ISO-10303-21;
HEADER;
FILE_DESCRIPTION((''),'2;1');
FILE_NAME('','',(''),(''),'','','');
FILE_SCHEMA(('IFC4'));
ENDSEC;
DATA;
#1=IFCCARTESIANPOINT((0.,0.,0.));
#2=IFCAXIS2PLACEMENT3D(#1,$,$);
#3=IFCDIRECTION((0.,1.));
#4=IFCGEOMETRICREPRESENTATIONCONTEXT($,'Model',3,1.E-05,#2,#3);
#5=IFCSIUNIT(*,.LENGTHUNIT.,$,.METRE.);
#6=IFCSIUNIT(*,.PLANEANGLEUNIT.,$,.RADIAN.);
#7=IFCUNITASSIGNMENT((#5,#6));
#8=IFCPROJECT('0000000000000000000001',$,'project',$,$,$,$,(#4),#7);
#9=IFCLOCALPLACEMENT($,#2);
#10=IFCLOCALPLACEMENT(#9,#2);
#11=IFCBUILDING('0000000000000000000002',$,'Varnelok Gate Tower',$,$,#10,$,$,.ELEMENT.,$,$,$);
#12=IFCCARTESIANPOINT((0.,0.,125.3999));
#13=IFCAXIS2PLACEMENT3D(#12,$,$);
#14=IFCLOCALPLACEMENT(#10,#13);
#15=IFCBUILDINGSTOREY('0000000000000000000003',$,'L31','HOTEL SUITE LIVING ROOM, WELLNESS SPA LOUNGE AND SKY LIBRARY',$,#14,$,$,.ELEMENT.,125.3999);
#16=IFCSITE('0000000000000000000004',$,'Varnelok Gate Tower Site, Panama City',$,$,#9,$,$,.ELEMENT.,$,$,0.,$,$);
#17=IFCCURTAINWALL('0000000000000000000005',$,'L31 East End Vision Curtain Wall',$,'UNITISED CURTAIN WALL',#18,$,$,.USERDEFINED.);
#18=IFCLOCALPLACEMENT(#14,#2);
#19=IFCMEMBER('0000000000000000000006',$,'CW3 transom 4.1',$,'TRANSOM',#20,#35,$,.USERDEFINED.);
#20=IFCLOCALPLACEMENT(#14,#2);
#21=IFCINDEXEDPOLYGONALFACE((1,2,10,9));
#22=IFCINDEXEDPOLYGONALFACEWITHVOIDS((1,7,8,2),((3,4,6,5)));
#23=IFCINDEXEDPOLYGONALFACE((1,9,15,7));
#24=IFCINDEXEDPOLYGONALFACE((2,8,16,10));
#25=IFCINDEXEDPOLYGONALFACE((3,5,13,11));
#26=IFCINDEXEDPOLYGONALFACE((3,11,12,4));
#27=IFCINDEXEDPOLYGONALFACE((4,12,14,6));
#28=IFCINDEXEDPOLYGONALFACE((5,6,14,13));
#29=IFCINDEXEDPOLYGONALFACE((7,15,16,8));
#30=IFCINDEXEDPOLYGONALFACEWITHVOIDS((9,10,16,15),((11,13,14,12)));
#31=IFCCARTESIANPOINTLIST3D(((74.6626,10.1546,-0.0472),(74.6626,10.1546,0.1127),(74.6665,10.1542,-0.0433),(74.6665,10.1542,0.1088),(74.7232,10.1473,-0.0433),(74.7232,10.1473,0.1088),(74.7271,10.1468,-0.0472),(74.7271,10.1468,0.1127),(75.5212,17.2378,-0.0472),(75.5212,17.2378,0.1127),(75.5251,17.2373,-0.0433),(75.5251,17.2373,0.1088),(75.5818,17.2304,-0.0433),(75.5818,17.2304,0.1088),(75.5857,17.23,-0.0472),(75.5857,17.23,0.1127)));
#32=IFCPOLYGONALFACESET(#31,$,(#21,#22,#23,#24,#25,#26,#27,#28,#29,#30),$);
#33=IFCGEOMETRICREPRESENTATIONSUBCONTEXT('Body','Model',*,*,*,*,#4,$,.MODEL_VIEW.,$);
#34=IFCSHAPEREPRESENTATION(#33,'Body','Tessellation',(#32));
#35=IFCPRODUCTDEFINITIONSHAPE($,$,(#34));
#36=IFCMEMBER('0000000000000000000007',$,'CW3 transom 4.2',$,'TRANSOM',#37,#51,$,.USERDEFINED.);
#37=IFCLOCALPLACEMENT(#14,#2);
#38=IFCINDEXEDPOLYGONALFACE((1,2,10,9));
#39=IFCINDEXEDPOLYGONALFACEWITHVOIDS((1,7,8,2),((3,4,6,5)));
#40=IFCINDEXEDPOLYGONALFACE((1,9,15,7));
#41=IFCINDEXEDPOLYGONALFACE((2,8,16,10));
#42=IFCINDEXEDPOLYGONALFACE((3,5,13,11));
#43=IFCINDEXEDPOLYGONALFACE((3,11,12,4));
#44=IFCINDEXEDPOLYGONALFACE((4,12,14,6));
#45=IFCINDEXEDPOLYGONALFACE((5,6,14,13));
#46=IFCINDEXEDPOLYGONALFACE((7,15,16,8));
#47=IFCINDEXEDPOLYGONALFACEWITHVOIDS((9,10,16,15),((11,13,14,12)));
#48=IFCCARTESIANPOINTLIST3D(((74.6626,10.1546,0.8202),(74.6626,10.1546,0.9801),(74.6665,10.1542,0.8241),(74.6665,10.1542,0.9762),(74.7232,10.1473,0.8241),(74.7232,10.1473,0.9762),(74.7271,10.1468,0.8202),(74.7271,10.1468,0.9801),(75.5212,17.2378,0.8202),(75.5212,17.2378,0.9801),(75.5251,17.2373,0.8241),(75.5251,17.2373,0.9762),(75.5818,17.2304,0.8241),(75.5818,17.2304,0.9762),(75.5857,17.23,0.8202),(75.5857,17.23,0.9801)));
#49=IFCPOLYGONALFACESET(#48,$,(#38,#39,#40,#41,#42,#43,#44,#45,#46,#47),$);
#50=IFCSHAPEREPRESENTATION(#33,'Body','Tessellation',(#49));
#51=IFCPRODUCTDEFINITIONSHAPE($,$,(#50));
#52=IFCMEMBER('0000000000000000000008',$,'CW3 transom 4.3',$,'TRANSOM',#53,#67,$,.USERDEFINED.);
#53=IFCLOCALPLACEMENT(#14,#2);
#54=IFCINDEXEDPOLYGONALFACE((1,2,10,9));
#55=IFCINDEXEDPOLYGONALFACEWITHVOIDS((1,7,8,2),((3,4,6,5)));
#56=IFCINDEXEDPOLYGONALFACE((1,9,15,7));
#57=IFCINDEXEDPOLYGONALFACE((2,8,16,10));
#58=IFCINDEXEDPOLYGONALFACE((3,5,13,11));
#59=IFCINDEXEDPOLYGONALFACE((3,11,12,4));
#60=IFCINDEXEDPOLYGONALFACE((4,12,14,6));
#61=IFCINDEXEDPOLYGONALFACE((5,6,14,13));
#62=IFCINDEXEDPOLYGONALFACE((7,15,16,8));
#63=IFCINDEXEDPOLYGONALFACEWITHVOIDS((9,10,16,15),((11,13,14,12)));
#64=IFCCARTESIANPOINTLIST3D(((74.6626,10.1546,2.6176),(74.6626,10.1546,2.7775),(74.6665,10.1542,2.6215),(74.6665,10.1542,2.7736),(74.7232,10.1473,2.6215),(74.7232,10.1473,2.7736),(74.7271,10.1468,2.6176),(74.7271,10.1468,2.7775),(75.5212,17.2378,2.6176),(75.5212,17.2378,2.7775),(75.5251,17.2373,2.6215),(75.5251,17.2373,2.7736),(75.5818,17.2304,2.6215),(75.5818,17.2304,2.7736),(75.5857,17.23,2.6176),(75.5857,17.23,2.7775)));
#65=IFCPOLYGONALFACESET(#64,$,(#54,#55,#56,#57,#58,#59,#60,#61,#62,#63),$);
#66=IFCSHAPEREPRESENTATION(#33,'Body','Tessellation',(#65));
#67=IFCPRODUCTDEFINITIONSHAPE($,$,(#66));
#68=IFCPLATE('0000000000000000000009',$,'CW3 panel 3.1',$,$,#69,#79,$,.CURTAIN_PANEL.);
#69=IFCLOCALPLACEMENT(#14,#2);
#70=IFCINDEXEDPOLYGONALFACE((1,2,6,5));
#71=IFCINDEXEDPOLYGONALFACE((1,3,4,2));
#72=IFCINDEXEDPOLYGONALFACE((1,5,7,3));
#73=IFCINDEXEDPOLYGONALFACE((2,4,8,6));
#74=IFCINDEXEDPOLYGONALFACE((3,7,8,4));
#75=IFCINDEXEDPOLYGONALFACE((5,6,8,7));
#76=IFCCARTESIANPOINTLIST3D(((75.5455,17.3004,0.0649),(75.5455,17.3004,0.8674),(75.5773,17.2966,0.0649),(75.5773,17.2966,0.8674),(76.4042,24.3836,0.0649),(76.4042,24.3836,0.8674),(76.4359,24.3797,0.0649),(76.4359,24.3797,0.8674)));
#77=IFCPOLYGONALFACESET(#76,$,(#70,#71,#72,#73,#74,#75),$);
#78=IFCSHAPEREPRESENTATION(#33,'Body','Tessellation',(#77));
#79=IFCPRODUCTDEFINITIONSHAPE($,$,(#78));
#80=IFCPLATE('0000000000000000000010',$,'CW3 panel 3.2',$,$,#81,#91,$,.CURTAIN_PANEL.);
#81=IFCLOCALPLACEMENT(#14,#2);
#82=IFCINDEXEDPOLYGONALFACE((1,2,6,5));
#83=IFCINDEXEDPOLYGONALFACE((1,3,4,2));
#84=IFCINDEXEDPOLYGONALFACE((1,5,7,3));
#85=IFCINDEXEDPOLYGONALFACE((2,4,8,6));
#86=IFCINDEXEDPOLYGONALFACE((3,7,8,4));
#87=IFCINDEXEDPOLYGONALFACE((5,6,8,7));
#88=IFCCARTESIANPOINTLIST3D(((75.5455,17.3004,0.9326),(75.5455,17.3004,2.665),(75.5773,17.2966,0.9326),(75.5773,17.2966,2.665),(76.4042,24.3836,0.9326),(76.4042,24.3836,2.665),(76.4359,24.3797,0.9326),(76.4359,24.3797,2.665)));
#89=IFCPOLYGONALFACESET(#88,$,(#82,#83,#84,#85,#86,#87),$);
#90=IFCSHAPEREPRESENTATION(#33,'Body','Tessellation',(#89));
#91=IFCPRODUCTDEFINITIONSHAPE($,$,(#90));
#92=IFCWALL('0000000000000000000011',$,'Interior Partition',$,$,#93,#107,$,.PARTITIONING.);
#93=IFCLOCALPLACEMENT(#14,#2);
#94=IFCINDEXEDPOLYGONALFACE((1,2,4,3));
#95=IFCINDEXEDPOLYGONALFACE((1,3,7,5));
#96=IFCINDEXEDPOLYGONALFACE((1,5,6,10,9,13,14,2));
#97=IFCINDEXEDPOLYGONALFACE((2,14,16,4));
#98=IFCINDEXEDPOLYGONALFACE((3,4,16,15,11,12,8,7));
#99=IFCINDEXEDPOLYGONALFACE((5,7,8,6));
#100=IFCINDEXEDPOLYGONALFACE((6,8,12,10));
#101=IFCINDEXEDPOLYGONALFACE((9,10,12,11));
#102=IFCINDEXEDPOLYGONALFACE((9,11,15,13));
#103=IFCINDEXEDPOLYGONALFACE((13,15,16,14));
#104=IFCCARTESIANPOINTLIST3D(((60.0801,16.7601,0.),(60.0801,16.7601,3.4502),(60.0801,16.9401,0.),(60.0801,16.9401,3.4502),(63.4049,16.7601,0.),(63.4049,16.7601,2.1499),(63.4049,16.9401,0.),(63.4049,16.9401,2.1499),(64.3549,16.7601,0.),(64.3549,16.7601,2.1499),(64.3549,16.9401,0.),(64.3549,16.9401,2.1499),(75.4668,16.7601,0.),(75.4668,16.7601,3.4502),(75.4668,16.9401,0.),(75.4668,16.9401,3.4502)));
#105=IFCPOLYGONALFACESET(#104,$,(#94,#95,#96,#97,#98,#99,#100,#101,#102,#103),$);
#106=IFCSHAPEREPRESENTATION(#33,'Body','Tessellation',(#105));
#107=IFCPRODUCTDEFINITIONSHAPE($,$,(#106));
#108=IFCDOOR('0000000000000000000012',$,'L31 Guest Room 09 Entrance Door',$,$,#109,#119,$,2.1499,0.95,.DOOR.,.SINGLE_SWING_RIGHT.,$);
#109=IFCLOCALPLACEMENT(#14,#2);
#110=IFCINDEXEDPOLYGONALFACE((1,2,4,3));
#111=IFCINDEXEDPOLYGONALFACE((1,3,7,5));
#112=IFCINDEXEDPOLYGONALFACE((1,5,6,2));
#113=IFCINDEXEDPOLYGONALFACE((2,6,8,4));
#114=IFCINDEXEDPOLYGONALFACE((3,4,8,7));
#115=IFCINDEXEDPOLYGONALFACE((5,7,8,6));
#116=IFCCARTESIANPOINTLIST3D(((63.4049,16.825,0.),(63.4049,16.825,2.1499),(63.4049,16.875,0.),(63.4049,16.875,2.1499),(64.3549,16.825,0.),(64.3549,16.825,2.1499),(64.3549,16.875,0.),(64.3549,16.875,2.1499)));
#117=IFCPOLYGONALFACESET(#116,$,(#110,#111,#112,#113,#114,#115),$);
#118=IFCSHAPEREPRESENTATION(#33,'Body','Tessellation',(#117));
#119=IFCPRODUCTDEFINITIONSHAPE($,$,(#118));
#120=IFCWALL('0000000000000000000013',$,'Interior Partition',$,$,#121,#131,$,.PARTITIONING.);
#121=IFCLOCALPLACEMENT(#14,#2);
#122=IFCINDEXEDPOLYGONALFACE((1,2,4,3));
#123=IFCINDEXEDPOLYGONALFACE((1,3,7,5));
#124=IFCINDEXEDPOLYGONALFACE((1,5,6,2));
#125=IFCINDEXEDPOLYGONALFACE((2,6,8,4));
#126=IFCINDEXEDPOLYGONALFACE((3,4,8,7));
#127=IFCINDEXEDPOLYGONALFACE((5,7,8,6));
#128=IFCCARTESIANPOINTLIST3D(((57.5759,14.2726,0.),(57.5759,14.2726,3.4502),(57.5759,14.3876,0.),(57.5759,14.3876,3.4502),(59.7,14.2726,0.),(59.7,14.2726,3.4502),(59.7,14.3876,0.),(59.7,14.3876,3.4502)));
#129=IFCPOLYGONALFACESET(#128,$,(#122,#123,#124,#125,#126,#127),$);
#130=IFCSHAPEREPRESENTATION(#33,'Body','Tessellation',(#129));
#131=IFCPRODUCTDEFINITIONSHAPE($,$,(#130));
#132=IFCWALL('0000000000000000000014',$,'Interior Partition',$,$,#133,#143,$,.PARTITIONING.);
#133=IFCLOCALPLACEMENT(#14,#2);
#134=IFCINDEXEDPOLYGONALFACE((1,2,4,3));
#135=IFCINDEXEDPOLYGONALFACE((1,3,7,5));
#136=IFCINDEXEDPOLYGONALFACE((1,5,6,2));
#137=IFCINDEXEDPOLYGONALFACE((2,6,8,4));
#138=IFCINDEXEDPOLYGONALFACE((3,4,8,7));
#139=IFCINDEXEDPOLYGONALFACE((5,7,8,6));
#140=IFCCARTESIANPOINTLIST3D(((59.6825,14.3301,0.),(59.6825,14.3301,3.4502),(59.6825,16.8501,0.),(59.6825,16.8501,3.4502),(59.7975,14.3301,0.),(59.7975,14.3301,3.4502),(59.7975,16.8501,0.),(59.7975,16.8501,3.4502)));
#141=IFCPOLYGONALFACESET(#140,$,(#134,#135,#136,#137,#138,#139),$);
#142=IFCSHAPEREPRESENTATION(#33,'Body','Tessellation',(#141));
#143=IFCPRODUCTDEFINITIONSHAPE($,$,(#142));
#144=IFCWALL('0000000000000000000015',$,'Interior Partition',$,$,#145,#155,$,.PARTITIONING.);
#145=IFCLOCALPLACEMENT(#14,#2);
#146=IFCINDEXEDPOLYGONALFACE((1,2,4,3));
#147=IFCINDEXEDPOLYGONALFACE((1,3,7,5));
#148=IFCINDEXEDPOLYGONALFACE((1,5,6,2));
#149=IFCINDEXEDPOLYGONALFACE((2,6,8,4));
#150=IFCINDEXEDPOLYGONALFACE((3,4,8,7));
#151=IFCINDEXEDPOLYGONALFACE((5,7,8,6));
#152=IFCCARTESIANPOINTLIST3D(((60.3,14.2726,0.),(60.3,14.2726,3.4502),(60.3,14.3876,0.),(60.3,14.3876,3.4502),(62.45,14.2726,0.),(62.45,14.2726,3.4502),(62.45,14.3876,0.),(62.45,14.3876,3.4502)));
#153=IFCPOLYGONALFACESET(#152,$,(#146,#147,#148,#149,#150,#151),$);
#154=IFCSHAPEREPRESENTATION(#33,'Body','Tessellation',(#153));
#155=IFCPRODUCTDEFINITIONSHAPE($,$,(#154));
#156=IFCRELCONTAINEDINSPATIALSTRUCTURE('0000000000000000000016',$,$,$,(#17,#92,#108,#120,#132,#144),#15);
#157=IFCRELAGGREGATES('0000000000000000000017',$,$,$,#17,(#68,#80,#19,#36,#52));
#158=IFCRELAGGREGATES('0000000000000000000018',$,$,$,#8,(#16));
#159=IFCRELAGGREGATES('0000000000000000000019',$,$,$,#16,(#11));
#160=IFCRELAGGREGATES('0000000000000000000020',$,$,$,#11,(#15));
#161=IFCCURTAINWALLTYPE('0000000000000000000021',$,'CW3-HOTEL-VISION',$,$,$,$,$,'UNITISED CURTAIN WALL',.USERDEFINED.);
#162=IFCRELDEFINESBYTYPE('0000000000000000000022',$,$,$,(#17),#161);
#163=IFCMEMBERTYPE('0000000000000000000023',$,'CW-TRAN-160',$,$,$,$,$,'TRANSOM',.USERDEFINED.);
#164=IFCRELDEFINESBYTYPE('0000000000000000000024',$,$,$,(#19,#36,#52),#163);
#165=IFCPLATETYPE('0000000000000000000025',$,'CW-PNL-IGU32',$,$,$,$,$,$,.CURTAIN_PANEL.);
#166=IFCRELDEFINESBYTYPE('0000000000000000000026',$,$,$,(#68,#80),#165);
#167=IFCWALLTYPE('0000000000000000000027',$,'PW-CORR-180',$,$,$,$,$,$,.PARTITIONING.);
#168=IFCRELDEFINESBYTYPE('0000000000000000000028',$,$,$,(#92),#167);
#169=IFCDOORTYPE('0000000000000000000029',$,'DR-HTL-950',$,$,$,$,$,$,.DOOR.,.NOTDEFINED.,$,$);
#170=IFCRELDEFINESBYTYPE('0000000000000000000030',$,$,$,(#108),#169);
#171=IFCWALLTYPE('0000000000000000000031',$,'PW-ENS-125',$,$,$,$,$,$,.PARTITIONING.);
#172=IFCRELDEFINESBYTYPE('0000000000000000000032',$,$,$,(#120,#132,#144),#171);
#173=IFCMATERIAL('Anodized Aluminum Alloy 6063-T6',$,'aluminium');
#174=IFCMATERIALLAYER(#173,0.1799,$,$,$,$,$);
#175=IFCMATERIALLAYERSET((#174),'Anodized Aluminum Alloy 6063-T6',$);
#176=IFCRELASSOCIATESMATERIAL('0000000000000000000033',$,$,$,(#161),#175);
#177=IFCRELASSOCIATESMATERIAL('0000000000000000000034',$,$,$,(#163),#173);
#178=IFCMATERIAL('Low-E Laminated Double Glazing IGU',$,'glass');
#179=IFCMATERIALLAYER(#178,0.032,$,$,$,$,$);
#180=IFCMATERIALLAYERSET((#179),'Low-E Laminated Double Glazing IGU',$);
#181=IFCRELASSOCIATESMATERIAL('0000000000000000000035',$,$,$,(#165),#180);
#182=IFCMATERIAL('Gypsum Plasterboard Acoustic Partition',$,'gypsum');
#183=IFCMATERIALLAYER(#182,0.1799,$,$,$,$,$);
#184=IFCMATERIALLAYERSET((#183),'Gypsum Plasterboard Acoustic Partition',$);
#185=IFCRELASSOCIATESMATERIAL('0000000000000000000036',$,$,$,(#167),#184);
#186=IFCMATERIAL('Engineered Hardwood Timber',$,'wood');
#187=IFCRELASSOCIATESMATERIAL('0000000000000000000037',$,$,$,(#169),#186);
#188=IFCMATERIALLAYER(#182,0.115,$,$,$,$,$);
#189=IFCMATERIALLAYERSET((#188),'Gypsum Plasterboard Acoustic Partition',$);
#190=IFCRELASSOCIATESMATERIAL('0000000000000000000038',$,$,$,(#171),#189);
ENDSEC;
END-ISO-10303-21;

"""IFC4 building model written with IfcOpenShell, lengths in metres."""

from ifc_helpers import new_model, si_unit, direction, frame, frame_2d, origin, origin_2d, place, context, subcontext, project, spatial, rectangle, hollow_rectangle, extrude, source, transform, mapped, material, layer, layer_set, material_profile, profile_set, type_object, element, fill, aggregate, save


model = new_model("IFC4")

# Units and contexts
model_context = context("Model", 3, precision=1e-05, world=origin(), true_north=direction((0.0, 1.0)))
body_context = subcontext(model_context, "Body", "Model", "MODEL_VIEW")
ifc_project = project(units=[si_unit("LENGTHUNIT", "METRE"), si_unit("PLANEANGLEUNIT", "RADIAN")], contexts=[model_context])

# Site, building, storey
site_placement = place(None, origin())
site = spatial("IfcSite", under=ifc_project, at=site_placement, Name="Varnelok Gate Tower Site, Panama City", CompositionType="ELEMENT", RefElevation=0.0)
building_placement = place(site_placement, origin())
building = spatial("IfcBuilding", under=site, at=building_placement, Name="Varnelok Gate Tower", CompositionType="ELEMENT")
storey_placement = place(building_placement, frame((0.0, 0.0, 125.3999)))
storey = spatial("IfcBuildingStorey", under=building, at=storey_placement, Name="L31", Description="HOTEL SUITE LIVING ROOM, WELLNESS SPA LOUNGE AND SKY LIBRARY", CompositionType="ELEMENT", Elevation=125.3999)

# Curtain wall, members, plates
ifc_material_1 = material(Name="Anodized Aluminum Alloy 6063-T6", Category="aluminium")
ifc_layer_1 = layer(ifc_material_1, 0.1799)
ifc_layer_set_1 = layer_set([ifc_layer_1], Name="Anodized Aluminum Alloy 6063-T6")
curtain_wall_type = type_object("IfcCurtainWallType", Name="CW3-HOTEL-VISION", ElementType="UNITISED CURTAIN WALL", PredefinedType="USERDEFINED", material=ifc_layer_set_1)
curtain_wall_placement = place(storey_placement, origin())
curtain_wall = element("IfcCurtainWall", 1, at=curtain_wall_placement, inside=storey, type_object=curtain_wall_type, Name="L31 East End Vision Curtain Wall", ObjectType="UNITISED CURTAIN WALL", PredefinedType="USERDEFINED")
ifc_material_profile_1 = material_profile(ifc_material_1, hollow_rectangle(XDim=0.0649, YDim=0.1599, WallThickness=0.0039, at=origin_2d()), Name="ALU160X65X4")
ifc_profile_set_1 = profile_set([ifc_material_profile_1], Name="Anodized Aluminum Alloy 6063-T6")
member_type_1 = type_object("IfcMemberType", Name="CW-TRAN-160", ElementType="TRANSOM", PredefinedType="USERDEFINED", material=ifc_profile_set_1)
member_1_placement = place(storey_placement, frame((75.5535, 17.2339, 0.0327), z_axis=(-0.120341, -0.992733, 0.0), x_axis=(0.992733, -0.120341, 0.0)))
member_1 = element("IfcMember", 2, at=member_1_placement, type_object=member_type_1, Name="CW3 transom 4.1", ObjectType="TRANSOM", PredefinedType="USERDEFINED", context=body_context, shape_type="SweptSolid", body=[
    extrude(hollow_rectangle(XDim=0.0649, YDim=0.1599, WallThickness=0.0039, at=origin_2d()), origin(), (0.0, 0.0, 1.0), 7.135),
])
member_2_placement = place(storey_placement, frame((75.5535, 17.2339, 0.9001), z_axis=(-0.120341, -0.992733, 0.0), x_axis=(0.992733, -0.120341, 0.0)))
member_2 = element("IfcMember", 3, at=member_2_placement, type_object=member_type_1, Name="CW3 transom 4.2", ObjectType="TRANSOM", PredefinedType="USERDEFINED", context=body_context, shape_type="SweptSolid", body=[
    extrude(hollow_rectangle(XDim=0.0649, YDim=0.1599, WallThickness=0.0039, at=origin_2d()), origin(), (0.0, 0.0, 1.0), 7.135),
])
member_3_placement = place(storey_placement, frame((75.5535, 17.2339, 2.6975), z_axis=(-0.120341, -0.992733, 0.0), x_axis=(0.992733, -0.120341, 0.0)))
member_3 = element("IfcMember", 4, at=member_3_placement, type_object=member_type_1, Name="CW3 transom 4.3", ObjectType="TRANSOM", PredefinedType="USERDEFINED", context=body_context, shape_type="SweptSolid", body=[
    extrude(hollow_rectangle(XDim=0.0649, YDim=0.1599, WallThickness=0.0039, at=origin_2d()), origin(), (0.0, 0.0, 1.0), 7.135),
])
ifc_material_2 = material(Name="Low-E Laminated Double Glazing IGU", Category="glass")
ifc_layer_2 = layer(ifc_material_2, 0.032)
ifc_layer_set_2 = layer_set([ifc_layer_2], Name="Low-E Laminated Double Glazing IGU")
plate_type = type_object("IfcPlateType", Name="CW-PNL-IGU32", PredefinedType="CURTAIN_PANEL", material=ifc_layer_set_2)
shared_shape_1 = source(origin(), body_context, "Body", "SweptSolid", [
    extrude(rectangle(XDim=7.135, YDim=0.032, at=origin_2d()), origin(), (0.0, 0.0, 1.0), 0.8025),
])
plate_1_placement = place(storey_placement, frame((75.9907, 20.8401, 0.0649), z_axis=(0.0, 0.0, 1.0), x_axis=(-0.120347, -0.992732, 0.0)))
plate_1 = element("IfcPlate", 5, at=plate_1_placement, type_object=plate_type, Name="CW3 panel 3.1", PredefinedType="CURTAIN_PANEL", context=body_context, shape_type="MappedRepresentation", body=[
    mapped(shared_shape_1, transform((0.0, 0.0, 0.0), scale=1.0)),
])
shared_shape_2 = source(origin(), body_context, "Body", "SweptSolid", [
    extrude(rectangle(XDim=7.135, YDim=0.032, at=origin_2d()), origin(), (0.0, 0.0, 1.0), 1.7324),
])
plate_2_placement = place(storey_placement, frame((75.9907, 20.8401, 0.9326), z_axis=(0.0, 0.0, 1.0), x_axis=(-0.120347, -0.992732, 0.0)))
plate_2 = element("IfcPlate", 6, at=plate_2_placement, type_object=plate_type, Name="CW3 panel 3.2", PredefinedType="CURTAIN_PANEL", context=body_context, shape_type="MappedRepresentation", body=[
    mapped(shared_shape_2, transform((0.0, 0.0, 0.0), scale=1.0)),
])
aggregate(curtain_wall, [plate_1, plate_2, member_1, member_2, member_3])

# Wall, opening, door
ifc_material_3 = material(Name="Gypsum Plasterboard Acoustic Partition", Category="gypsum")
ifc_layer_3 = layer(ifc_material_3, 0.1799)
ifc_layer_set_3 = layer_set([ifc_layer_3], Name="Gypsum Plasterboard Acoustic Partition")
wall_type_1 = type_object("IfcWallType", Name="PW-CORR-180", PredefinedType="PARTITIONING", material=ifc_layer_set_3)
wall_1_placement = place(storey_placement, frame((60.0801, 16.8501, 0.0), z_axis=(0.0, 0.0, 1.0), x_axis=(1.0, 0.0, 0.0)))
wall_1 = element("IfcWall", 7, at=wall_1_placement, inside=storey, type_object=wall_type_1, Name="Interior Partition", PredefinedType="PARTITIONING", context=body_context, shape_type="SweptSolid", body=[
    extrude(rectangle(XDim=15.3867, YDim=0.1799, at=frame_2d((7.6934, 0.0))), origin(), (0.0, 0.0, 1.0), 3.4502),
])
opening_1_placement = place(wall_1_placement, frame((3.3247, 0.0, 0.0)))
opening_1 = element("IfcOpeningElement", 8, at=opening_1_placement, cuts=wall_1, PredefinedType="OPENING", context=body_context, shape_type="SweptSolid", body=[
    extrude(rectangle(XDim=0.95, YDim=2.1499, at=frame_2d((0.4751, 1.075))), frame((0.0, 0.0999, 0.0), z_axis=(0.0, -1.0, 0.0), x_axis=(1.0, 0.0, 0.0)), (0.0, 0.0, 1.0), 0.2),
])
ifc_material_4 = material(Name="Engineered Hardwood Timber", Category="wood")
door_type_1 = type_object("IfcDoorType", Name="DR-HTL-950", OperationType="NOTDEFINED", PredefinedType="DOOR", material=ifc_material_4)
door_1_placement = place(opening_1_placement, origin())
door_1 = element("IfcDoor", 9, at=door_1_placement, inside=storey, type_object=door_type_1, Name="L31 Guest Room 09 Entrance Door", OperationType="SINGLE_SWING_RIGHT", OverallHeight=2.1499, OverallWidth=0.95, PredefinedType="DOOR", context=body_context, shape_type="SweptSolid", body=[
    extrude(rectangle(XDim=0.95, YDim=2.1499, at=frame_2d((0.4751, 1.075))), frame((0.0, 0.0249, 0.0), z_axis=(0.0, -1.0, 0.0), x_axis=(1.0, 0.0, 0.0)), (0.0, 0.0, 1.0), 0.05),
])
fill(opening_1, door_1)

# Walls
ifc_layer_4 = layer(ifc_material_3, 0.115)
ifc_layer_set_4 = layer_set([ifc_layer_4], Name="Gypsum Plasterboard Acoustic Partition")
wall_type_2 = type_object("IfcWallType", Name="PW-ENS-125", PredefinedType="PARTITIONING", material=ifc_layer_set_4)
wall_2_placement = place(storey_placement, frame((57.5759, 14.3301, 0.0), z_axis=(0.0, 0.0, 1.0), x_axis=(1.0, 0.0, 0.0)))
element("IfcWall", 10, at=wall_2_placement, inside=storey, type_object=wall_type_2, Name="Interior Partition", PredefinedType="PARTITIONING", context=body_context, shape_type="SweptSolid", body=[
    extrude(rectangle(XDim=2.124, YDim=0.115, at=frame_2d((1.062, 0.0))), origin(), (0.0, 0.0, 1.0), 3.4502),
])
wall_3_placement = place(storey_placement, frame((59.74, 14.3301, 0.0), z_axis=(0.0, 0.0, 1.0), x_axis=(0.0, 1.0, 0.0)))
element("IfcWall", 11, at=wall_3_placement, inside=storey, type_object=wall_type_2, Name="Interior Partition", PredefinedType="PARTITIONING", context=body_context, shape_type="SweptSolid", body=[
    extrude(rectangle(XDim=2.52, YDim=0.115, at=frame_2d((1.26, 0.0))), origin(), (0.0, 0.0, 1.0), 3.4502),
])
wall_4_placement = place(storey_placement, frame((60.3, 14.3301, 0.0), z_axis=(0.0, 0.0, 1.0), x_axis=(1.0, 0.0, 0.0)))
element("IfcWall", 12, at=wall_4_placement, inside=storey, type_object=wall_type_2, Name="Interior Partition", PredefinedType="PARTITIONING", context=body_context, shape_type="SweptSolid", body=[
    extrude(rectangle(XDim=2.1499, YDim=0.115, at=frame_2d((1.075, 0.0))), origin(), (0.0, 0.0, 1.0), 3.4502),
])

save(model, "model.ifc")
